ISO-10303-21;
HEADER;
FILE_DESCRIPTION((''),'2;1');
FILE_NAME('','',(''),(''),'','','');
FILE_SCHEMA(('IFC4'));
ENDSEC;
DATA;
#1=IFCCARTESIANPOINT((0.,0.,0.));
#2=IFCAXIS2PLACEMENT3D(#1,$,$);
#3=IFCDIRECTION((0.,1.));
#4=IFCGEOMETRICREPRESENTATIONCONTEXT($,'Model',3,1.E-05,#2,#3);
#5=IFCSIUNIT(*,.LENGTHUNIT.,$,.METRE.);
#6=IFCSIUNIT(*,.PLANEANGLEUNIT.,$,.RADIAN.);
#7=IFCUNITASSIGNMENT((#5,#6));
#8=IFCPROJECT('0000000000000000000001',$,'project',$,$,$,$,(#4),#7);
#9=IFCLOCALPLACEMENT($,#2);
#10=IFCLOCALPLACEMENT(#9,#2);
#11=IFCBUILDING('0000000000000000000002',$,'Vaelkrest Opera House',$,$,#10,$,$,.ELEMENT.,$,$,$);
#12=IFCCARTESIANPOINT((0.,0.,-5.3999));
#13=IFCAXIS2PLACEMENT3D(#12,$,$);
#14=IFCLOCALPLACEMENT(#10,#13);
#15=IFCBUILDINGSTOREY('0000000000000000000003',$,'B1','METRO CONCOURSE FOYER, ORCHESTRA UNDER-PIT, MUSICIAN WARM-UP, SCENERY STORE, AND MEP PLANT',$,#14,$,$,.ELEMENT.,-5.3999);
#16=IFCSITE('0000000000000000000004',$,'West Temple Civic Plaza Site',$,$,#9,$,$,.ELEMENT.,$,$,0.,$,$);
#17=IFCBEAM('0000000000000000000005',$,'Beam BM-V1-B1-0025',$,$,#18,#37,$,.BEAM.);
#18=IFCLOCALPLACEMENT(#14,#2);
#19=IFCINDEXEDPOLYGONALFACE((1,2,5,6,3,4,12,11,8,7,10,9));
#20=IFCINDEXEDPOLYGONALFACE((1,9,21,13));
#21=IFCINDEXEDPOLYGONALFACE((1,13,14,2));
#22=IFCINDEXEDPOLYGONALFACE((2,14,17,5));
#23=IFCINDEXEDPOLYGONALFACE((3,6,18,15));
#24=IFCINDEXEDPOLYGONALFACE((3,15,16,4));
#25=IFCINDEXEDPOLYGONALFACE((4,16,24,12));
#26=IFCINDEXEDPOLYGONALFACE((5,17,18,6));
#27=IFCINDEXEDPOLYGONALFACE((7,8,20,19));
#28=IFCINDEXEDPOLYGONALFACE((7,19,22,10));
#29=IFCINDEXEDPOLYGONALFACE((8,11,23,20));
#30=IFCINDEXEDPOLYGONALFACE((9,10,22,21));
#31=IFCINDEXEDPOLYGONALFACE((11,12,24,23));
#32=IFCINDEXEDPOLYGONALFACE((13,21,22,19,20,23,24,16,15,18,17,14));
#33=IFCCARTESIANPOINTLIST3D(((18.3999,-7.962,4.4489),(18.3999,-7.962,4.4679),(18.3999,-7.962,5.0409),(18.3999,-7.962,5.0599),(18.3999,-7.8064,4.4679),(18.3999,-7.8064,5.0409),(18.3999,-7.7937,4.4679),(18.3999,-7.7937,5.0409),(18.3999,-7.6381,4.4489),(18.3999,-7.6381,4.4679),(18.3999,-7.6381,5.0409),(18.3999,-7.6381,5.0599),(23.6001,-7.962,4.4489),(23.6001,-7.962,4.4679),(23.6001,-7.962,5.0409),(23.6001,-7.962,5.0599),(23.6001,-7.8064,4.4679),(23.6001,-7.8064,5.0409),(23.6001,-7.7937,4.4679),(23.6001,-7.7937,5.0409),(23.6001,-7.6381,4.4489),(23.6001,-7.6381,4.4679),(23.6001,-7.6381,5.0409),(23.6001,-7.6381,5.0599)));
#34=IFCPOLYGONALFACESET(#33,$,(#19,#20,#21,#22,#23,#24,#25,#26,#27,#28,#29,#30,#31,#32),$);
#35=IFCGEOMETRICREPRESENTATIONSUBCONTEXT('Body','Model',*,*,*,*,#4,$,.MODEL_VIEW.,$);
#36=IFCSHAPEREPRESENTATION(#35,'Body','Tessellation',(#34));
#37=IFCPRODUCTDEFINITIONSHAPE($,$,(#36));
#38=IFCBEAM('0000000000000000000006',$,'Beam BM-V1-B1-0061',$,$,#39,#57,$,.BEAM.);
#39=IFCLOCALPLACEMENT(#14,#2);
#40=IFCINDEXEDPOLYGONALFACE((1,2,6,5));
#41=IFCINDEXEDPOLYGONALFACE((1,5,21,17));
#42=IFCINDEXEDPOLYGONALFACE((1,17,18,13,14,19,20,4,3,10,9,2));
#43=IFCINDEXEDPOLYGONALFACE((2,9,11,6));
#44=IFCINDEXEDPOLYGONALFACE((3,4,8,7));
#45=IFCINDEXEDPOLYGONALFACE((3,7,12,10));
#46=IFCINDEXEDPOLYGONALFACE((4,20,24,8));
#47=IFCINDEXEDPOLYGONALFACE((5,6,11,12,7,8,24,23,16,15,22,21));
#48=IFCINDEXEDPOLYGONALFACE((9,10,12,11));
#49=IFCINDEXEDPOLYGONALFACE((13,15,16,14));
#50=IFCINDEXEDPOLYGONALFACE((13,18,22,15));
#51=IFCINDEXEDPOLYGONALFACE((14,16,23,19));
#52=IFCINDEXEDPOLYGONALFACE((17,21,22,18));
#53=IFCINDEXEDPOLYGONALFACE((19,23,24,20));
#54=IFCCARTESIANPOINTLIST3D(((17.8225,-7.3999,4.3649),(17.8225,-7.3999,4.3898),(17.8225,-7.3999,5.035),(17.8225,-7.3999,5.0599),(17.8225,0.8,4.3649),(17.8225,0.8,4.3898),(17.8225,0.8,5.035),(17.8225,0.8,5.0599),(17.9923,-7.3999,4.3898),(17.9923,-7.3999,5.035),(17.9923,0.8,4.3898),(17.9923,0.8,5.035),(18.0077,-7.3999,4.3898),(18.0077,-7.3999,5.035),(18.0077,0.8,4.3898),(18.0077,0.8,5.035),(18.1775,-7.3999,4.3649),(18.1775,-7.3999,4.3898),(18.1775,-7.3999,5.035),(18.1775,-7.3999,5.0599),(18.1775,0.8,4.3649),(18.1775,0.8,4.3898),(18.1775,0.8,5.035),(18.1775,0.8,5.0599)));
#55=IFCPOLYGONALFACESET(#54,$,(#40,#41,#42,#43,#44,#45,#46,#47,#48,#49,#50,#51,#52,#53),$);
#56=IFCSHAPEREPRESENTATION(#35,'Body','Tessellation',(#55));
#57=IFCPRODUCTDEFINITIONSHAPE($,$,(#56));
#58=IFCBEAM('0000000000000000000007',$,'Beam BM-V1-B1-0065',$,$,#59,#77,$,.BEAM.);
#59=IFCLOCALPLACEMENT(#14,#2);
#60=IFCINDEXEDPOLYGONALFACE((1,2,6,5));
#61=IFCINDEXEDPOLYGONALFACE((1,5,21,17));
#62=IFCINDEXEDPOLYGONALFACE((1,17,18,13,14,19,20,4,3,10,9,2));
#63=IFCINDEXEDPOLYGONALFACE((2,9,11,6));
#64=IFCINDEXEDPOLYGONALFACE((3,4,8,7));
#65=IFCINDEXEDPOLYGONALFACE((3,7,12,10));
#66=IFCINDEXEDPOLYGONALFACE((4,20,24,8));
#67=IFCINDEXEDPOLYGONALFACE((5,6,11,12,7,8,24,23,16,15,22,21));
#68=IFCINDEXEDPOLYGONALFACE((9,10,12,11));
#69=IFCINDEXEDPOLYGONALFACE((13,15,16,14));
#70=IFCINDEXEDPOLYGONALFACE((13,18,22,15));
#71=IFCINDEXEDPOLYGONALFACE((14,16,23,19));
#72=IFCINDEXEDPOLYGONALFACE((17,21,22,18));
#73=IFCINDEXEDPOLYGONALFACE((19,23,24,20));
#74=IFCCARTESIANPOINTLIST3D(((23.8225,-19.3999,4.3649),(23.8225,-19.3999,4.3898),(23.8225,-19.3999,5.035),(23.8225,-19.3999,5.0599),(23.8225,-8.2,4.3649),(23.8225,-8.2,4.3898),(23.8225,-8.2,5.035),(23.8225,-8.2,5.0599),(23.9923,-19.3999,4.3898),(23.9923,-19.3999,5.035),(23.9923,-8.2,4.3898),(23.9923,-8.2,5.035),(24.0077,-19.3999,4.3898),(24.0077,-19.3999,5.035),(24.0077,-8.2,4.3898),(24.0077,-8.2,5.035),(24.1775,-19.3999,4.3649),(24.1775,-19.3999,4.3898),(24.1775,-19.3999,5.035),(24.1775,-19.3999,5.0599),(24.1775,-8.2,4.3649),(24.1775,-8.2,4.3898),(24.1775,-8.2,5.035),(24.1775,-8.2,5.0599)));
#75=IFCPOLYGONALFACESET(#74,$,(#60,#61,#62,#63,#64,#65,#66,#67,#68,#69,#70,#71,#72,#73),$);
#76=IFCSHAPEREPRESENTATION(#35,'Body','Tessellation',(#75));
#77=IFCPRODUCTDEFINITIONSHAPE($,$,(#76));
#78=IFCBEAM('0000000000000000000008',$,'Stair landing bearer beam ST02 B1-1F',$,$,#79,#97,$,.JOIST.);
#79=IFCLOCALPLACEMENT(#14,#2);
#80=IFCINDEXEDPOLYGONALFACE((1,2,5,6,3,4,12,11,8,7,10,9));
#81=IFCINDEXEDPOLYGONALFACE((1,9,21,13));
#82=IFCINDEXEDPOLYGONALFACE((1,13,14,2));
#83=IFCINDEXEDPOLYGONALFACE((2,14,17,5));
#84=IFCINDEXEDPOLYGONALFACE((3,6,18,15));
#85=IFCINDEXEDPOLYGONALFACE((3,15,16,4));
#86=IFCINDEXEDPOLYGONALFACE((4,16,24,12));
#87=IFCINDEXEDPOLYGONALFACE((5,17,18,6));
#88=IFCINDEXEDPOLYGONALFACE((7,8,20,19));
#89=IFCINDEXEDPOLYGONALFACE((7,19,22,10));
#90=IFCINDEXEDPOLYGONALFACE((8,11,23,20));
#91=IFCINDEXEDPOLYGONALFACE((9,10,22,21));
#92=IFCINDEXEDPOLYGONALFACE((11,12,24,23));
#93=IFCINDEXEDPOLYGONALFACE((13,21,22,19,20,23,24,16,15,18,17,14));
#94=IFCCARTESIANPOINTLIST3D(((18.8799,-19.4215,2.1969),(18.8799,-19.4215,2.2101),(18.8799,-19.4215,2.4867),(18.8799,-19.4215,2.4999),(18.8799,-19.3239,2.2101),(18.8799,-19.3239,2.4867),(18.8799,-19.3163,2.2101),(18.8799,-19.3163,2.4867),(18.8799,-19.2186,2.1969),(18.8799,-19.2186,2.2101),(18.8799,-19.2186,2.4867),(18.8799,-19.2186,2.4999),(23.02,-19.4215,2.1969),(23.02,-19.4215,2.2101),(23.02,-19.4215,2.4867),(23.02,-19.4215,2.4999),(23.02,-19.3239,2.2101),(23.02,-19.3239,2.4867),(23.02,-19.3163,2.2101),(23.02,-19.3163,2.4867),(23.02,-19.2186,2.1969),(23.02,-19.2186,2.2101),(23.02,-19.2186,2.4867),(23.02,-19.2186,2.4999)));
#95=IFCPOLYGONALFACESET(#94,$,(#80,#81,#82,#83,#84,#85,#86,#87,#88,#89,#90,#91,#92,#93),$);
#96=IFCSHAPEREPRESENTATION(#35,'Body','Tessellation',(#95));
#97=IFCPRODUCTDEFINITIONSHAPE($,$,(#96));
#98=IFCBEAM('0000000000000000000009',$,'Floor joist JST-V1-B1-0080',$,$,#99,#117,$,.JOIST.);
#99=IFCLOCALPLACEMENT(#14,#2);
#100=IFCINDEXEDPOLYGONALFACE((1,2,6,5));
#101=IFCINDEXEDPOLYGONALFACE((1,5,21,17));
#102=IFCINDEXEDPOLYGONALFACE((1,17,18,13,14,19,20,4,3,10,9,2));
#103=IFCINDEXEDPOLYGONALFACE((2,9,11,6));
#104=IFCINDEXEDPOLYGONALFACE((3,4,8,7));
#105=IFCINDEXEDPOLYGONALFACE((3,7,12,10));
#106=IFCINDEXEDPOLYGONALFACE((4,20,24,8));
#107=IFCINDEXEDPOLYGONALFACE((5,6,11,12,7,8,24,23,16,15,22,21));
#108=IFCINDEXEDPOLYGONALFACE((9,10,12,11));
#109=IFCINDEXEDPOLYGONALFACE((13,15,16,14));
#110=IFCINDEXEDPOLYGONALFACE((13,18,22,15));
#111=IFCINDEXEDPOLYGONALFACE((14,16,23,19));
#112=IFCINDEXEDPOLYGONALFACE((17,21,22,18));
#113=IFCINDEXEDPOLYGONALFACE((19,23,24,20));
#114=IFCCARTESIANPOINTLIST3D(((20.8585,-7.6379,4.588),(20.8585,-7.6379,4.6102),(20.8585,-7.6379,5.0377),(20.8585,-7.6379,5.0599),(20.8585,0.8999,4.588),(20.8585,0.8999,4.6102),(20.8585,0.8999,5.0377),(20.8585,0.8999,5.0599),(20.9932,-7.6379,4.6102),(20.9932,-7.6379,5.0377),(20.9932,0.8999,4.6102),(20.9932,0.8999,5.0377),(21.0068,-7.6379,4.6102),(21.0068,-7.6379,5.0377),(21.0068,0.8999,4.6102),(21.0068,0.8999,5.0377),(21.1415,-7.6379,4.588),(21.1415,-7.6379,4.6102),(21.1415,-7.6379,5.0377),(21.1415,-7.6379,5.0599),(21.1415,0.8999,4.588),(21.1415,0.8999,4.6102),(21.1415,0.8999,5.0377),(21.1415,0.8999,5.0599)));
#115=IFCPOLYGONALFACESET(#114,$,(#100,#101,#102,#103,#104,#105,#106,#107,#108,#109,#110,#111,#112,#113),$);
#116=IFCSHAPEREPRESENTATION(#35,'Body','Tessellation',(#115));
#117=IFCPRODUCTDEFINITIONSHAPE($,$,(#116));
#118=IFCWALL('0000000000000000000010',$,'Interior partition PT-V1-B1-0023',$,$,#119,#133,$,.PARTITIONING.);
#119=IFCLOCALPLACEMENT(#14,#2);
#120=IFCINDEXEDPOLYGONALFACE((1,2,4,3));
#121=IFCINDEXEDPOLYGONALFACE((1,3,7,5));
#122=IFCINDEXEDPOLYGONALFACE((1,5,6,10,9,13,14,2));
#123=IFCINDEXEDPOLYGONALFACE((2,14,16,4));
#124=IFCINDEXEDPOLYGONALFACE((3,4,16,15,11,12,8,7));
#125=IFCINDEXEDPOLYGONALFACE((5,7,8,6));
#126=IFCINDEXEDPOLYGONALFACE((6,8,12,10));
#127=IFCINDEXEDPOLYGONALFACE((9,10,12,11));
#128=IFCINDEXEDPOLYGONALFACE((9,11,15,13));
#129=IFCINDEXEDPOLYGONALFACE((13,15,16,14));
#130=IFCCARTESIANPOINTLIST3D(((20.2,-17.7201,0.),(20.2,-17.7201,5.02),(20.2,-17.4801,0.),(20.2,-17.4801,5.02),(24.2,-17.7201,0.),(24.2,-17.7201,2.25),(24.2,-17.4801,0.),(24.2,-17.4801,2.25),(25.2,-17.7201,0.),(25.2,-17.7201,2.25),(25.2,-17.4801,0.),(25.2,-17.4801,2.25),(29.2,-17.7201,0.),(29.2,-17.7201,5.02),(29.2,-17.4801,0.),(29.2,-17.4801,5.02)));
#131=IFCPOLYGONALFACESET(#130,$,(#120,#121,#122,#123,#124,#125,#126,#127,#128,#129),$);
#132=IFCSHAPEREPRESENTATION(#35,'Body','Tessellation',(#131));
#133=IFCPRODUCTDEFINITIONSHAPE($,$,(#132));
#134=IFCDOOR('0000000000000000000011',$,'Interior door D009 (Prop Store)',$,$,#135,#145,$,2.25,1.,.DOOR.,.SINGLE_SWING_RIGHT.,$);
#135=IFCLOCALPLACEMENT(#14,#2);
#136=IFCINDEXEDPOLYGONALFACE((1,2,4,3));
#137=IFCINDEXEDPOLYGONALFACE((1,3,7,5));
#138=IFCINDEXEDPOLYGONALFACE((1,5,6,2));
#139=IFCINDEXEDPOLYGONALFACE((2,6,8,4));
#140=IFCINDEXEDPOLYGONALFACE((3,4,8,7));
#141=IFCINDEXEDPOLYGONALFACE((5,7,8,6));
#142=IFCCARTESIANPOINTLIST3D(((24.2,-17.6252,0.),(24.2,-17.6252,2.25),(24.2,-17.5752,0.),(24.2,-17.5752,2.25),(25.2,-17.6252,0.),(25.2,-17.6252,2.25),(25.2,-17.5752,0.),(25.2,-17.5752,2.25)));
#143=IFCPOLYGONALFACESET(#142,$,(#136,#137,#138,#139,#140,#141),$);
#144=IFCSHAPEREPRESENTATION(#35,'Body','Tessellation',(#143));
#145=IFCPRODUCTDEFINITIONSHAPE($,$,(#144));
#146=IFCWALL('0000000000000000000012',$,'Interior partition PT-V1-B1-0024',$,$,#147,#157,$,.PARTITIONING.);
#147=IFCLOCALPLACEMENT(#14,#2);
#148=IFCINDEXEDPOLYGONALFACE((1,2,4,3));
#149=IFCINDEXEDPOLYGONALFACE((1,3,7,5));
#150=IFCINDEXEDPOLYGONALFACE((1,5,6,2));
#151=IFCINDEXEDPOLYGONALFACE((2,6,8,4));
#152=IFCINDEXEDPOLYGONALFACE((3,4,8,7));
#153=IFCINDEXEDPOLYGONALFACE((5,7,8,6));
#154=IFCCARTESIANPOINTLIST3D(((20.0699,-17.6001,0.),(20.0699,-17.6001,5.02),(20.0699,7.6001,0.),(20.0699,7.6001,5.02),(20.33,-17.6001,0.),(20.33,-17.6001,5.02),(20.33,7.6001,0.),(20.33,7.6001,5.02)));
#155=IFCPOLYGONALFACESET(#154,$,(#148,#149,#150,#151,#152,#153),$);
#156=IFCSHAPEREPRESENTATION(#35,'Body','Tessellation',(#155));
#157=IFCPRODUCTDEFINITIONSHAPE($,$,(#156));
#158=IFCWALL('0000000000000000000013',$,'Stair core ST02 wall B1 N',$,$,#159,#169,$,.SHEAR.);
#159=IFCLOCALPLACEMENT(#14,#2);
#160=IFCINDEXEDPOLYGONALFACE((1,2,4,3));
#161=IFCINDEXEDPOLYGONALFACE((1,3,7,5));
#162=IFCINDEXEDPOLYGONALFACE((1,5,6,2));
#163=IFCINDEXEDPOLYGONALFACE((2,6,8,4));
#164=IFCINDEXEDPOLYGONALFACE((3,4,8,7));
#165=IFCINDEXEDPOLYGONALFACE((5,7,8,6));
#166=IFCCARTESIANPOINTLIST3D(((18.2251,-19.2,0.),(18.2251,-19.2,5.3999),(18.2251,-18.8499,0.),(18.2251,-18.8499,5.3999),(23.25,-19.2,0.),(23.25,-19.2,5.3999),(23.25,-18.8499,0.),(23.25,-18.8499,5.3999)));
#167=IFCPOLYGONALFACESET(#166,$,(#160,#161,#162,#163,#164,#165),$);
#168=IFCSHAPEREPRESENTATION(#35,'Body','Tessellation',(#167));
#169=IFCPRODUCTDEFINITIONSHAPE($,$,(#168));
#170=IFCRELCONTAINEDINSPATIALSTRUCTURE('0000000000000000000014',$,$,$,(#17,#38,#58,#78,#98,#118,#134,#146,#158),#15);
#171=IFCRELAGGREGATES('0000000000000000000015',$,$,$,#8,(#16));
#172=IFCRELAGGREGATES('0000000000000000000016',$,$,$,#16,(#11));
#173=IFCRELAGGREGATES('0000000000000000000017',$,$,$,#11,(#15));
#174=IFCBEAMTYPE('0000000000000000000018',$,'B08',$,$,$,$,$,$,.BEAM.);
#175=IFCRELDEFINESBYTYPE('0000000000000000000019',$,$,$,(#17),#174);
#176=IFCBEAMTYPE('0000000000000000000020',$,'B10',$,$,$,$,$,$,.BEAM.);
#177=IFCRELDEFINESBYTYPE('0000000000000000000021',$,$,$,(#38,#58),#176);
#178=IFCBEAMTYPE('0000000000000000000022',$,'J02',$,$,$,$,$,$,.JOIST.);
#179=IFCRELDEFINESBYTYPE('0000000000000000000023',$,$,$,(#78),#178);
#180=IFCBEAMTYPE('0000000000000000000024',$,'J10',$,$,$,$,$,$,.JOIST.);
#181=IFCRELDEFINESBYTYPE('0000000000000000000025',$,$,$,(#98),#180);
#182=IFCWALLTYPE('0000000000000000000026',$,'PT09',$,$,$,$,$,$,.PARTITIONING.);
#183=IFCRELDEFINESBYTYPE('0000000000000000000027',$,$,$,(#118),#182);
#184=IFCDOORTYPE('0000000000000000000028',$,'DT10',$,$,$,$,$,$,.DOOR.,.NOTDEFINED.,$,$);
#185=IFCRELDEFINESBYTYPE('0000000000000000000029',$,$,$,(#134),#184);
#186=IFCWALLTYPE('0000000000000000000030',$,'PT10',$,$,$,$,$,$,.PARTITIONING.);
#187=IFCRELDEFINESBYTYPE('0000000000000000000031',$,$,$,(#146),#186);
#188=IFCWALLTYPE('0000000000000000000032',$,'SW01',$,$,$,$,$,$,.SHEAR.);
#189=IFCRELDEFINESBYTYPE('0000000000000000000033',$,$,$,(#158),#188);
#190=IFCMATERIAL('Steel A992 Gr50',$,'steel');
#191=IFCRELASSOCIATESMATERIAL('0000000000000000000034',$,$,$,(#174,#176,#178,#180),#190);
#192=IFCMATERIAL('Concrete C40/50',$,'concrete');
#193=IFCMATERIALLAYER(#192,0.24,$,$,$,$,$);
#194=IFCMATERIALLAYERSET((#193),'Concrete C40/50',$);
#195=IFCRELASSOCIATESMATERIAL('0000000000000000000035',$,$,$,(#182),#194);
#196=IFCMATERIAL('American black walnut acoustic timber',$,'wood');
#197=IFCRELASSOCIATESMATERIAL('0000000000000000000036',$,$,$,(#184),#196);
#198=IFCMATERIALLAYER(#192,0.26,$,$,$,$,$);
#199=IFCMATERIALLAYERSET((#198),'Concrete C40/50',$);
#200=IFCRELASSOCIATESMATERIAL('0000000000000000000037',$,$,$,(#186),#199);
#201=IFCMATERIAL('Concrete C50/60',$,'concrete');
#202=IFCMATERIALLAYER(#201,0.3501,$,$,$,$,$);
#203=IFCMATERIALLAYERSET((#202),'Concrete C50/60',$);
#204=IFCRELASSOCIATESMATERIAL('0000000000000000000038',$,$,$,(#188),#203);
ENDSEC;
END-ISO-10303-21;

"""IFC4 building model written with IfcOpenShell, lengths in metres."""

from ifc_helpers import new_model, si_unit, direction, frame, frame_2d, origin, origin_2d, place, context, subcontext, project, spatial, rectangle, i_section, extrude, material, layer, layer_set, material_profile, profile_set, type_object, element, fill, save


model = new_model("IFC4")

# Units and contexts
model_context = context("Model", 3, precision=1e-05, world=origin(), true_north=direction((0.0, 1.0)))
body_context = subcontext(model_context, "Body", "Model", "MODEL_VIEW")
ifc_project = project(units=[si_unit("LENGTHUNIT", "METRE"), si_unit("PLANEANGLEUNIT", "RADIAN")], contexts=[model_context])

# Site, building, storey
site_placement = place(None, origin())
site = spatial("IfcSite", under=ifc_project, at=site_placement, Name="West Temple Civic Plaza Site", CompositionType="ELEMENT", RefElevation=0.0)
building_placement = place(site_placement, origin())
building = spatial("IfcBuilding", under=site, at=building_placement, Name="Vaelkrest Opera House", CompositionType="ELEMENT")
storey_placement = place(building_placement, frame((0.0, 0.0, -5.3999)))
storey = spatial("IfcBuildingStorey", under=building, at=storey_placement, Name="B1", Description="METRO CONCOURSE FOYER, ORCHESTRA UNDER-PIT, MUSICIAN WARM-UP, SCENERY STORE, AND MEP PLANT", CompositionType="ELEMENT", Elevation=-5.3999)

# Shared definitions
ifc_material_1 = material(Name="Concrete C40/50", Category="concrete")

# Shared definitions
ifc_material_2 = material(Name="Concrete C50/60", Category="concrete")

# Beams
ifc_material_3 = material(Name="Steel A992 Gr50", Category="steel")
ifc_material_profile_1 = material_profile(ifc_material_3, i_section(OverallWidth=0.324, OverallDepth=0.6111, WebThickness=0.0127, FlangeThickness=0.019, at=origin_2d()), Name="W24X104")
ifc_profile_set_1 = profile_set([ifc_material_profile_1], Name="Steel A992 Gr50")
beam_type_1 = type_object("IfcBeamType", Name="B08", PredefinedType="BEAM", material=ifc_profile_set_1)
beam_1_placement = place(storey_placement, frame((18.3999, -7.8, 4.7544), z_axis=(1.0, 0.0, 0.0), x_axis=(0.0, 1.0, 0.0)))
element("IfcBeam", 1, at=beam_1_placement, inside=storey, type_object=beam_type_1, Name="Beam BM-V1-B1-0025", PredefinedType="BEAM", context=body_context, shape_type="SweptSolid", body=[
    extrude(i_section(OverallWidth=0.324, OverallDepth=0.6111, WebThickness=0.0127, FlangeThickness=0.019, at=origin_2d()), origin(), (0.0, 0.0, 1.0), 5.2002),
])
ifc_material_profile_2 = material_profile(ifc_material_3, i_section(OverallWidth=0.355, OverallDepth=0.6951, WebThickness=0.0154, FlangeThickness=0.0249, at=origin_2d()), Name="W27X146")
ifc_profile_set_2 = profile_set([ifc_material_profile_2], Name="Steel A992 Gr50")
beam_type_2 = type_object("IfcBeamType", Name="B10", PredefinedType="BEAM", material=ifc_profile_set_2)
beam_2_placement = place(storey_placement, frame((18.0, -7.3999, 4.7124), z_axis=(0.0, 1.0, 0.0), x_axis=(-1.0, 0.0, 0.0)))
element("IfcBeam", 2, at=beam_2_placement, inside=storey, type_object=beam_type_2, Name="Beam BM-V1-B1-0061", PredefinedType="BEAM", context=body_context, shape_type="SweptSolid", body=[
    extrude(i_section(OverallWidth=0.355, OverallDepth=0.6951, WebThickness=0.0154, FlangeThickness=0.0249, at=origin_2d()), origin(), (0.0, 0.0, 1.0), 8.2),
])
beam_3_placement = place(storey_placement, frame((24.0, -19.3999, 4.7124), z_axis=(0.0, 1.0, 0.0), x_axis=(-1.0, 0.0, 0.0)))
element("IfcBeam", 3, at=beam_3_placement, inside=storey, type_object=beam_type_2, Name="Beam BM-V1-B1-0065", PredefinedType="BEAM", context=body_context, shape_type="SweptSolid", body=[
    extrude(i_section(OverallWidth=0.355, OverallDepth=0.6951, WebThickness=0.0154, FlangeThickness=0.0249, at=origin_2d()), origin(), (0.0, 0.0, 1.0), 11.2),
])
ifc_material_profile_3 = material_profile(ifc_material_3, i_section(OverallWidth=0.2029, OverallDepth=0.303, WebThickness=0.0076, FlangeThickness=0.0132, at=origin_2d()), Name="W12X40")
ifc_profile_set_3 = profile_set([ifc_material_profile_3], Name="Steel A992 Gr50")
beam_type_3 = type_object("IfcBeamType", Name="J02", PredefinedType="JOIST", material=ifc_profile_set_3)
beam_4_placement = place(storey_placement, frame((18.8799, -19.3201, 2.3484), z_axis=(1.0, 0.0, 0.0), x_axis=(0.0, 1.0, 0.0)))
element("IfcBeam", 4, at=beam_4_placement, inside=storey, type_object=beam_type_3, Name="Stair landing bearer beam ST02 B1-1F", PredefinedType="JOIST", context=body_context, shape_type="SweptSolid", body=[
    extrude(i_section(OverallWidth=0.2029, OverallDepth=0.303, WebThickness=0.0076, FlangeThickness=0.0132, at=origin_2d()), origin(), (0.0, 0.0, 1.0), 4.1401),
])
ifc_material_profile_4 = material_profile(ifc_material_3, i_section(OverallWidth=0.283, OverallDepth=0.4719, WebThickness=0.0137, FlangeThickness=0.0222, at=origin_2d()), Name="W18X97")
ifc_profile_set_4 = profile_set([ifc_material_profile_4], Name="Steel A992 Gr50")
beam_type_4 = type_object("IfcBeamType", Name="J10", PredefinedType="JOIST", material=ifc_profile_set_4)
beam_5_placement = place(storey_placement, frame((21.0, -7.6379, 4.824), z_axis=(0.0, 1.0, 0.0), x_axis=(-1.0, 0.0, 0.0)))
element("IfcBeam", 5, at=beam_5_placement, inside=storey, type_object=beam_type_4, Name="Floor joist JST-V1-B1-0080", PredefinedType="JOIST", context=body_context, shape_type="SweptSolid", body=[
    extrude(i_section(OverallWidth=0.283, OverallDepth=0.4719, WebThickness=0.0137, FlangeThickness=0.0222, at=origin_2d()), origin(), (0.0, 0.0, 1.0), 8.5378),
])

# Wall, opening, door
ifc_layer_1 = layer(ifc_material_1, 0.24)
ifc_layer_set_1 = layer_set([ifc_layer_1], Name="Concrete C40/50")
wall_type_1 = type_object("IfcWallType", Name="PT09", PredefinedType="PARTITIONING", material=ifc_layer_set_1)
wall_1_placement = place(storey_placement, frame((20.2, -17.6001, 0.0), z_axis=(0.0, 0.0, 1.0), x_axis=(1.0, 0.0, 0.0)))
wall_1 = element("IfcWall", 6, at=wall_1_placement, inside=storey, type_object=wall_type_1, Name="Interior partition PT-V1-B1-0023", PredefinedType="PARTITIONING", context=body_context, shape_type="SweptSolid", body=[
    extrude(rectangle(XDim=9.0, YDim=0.24, at=frame_2d((4.5, 0.0))), origin(), (0.0, 0.0, 1.0), 5.02),
])
opening_placement = place(wall_1_placement, frame((4.0, 0.0, 0.0)))
opening = element("IfcOpeningElement", 7, at=opening_placement, cuts=wall_1, PredefinedType="OPENING", context=body_context, shape_type="SweptSolid", body=[
    extrude(rectangle(XDim=1.0, YDim=2.25, at=frame_2d((0.5, 1.125))), frame((0.0, 0.1299, 0.0), z_axis=(0.0, -1.0, 0.0), x_axis=(1.0, 0.0, 0.0)), (0.0, 0.0, 1.0), 0.26),
])
ifc_material_4 = material(Name="American black walnut acoustic timber", Category="wood")
door_type = type_object("IfcDoorType", Name="DT10", OperationType="NOTDEFINED", PredefinedType="DOOR", material=ifc_material_4)
door_placement = place(opening_placement, origin())
door = element("IfcDoor", 8, at=door_placement, inside=storey, type_object=door_type, Name="Interior door D009 (Prop Store)", OperationType="SINGLE_SWING_RIGHT", OverallHeight=2.25, OverallWidth=1.0, PredefinedType="DOOR", context=body_context, shape_type="SweptSolid", body=[
    extrude(rectangle(XDim=1.0, YDim=2.25, at=frame_2d((0.5, 1.125))), frame((0.0, 0.0249, 0.0), z_axis=(0.0, -1.0, 0.0), x_axis=(1.0, 0.0, 0.0)), (0.0, 0.0, 1.0), 0.05),
])
fill(opening, door)

# Walls
ifc_layer_2 = layer(ifc_material_1, 0.26)
ifc_layer_set_2 = layer_set([ifc_layer_2], Name="Concrete C40/50")
wall_type_2 = type_object("IfcWallType", Name="PT10", PredefinedType="PARTITIONING", material=ifc_layer_set_2)
wall_2_placement = place(storey_placement, frame((20.2, -17.6001, 0.0), z_axis=(0.0, 0.0, 1.0), x_axis=(0.0, 1.0, 0.0)))
element("IfcWall", 9, at=wall_2_placement, inside=storey, type_object=wall_type_2, Name="Interior partition PT-V1-B1-0024", PredefinedType="PARTITIONING", context=body_context, shape_type="SweptSolid", body=[
    extrude(rectangle(XDim=25.2002, YDim=0.26, at=frame_2d((12.6001, 0.0))), origin(), (0.0, 0.0, 1.0), 5.02),
])
ifc_layer_3 = layer(ifc_material_2, 0.3501)
ifc_layer_set_3 = layer_set([ifc_layer_3], Name="Concrete C50/60")
wall_type_3 = type_object("IfcWallType", Name="SW01", PredefinedType="SHEAR", material=ifc_layer_set_3)
wall_3_placement = place(storey_placement, frame((18.2251, -19.0249, 0.0), z_axis=(0.0, 0.0, 1.0), x_axis=(1.0, 0.0, 0.0)))
element("IfcWall", 10, at=wall_3_placement, inside=storey, type_object=wall_type_3, Name="Stair core ST02 wall B1 N", PredefinedType="SHEAR", context=body_context, shape_type="SweptSolid", body=[
    extrude(rectangle(XDim=5.0249, YDim=0.3501, at=frame_2d((2.5125, 0.0))), origin(), (0.0, 0.0, 1.0), 5.3999),
])

save(model, "model.ifc")
